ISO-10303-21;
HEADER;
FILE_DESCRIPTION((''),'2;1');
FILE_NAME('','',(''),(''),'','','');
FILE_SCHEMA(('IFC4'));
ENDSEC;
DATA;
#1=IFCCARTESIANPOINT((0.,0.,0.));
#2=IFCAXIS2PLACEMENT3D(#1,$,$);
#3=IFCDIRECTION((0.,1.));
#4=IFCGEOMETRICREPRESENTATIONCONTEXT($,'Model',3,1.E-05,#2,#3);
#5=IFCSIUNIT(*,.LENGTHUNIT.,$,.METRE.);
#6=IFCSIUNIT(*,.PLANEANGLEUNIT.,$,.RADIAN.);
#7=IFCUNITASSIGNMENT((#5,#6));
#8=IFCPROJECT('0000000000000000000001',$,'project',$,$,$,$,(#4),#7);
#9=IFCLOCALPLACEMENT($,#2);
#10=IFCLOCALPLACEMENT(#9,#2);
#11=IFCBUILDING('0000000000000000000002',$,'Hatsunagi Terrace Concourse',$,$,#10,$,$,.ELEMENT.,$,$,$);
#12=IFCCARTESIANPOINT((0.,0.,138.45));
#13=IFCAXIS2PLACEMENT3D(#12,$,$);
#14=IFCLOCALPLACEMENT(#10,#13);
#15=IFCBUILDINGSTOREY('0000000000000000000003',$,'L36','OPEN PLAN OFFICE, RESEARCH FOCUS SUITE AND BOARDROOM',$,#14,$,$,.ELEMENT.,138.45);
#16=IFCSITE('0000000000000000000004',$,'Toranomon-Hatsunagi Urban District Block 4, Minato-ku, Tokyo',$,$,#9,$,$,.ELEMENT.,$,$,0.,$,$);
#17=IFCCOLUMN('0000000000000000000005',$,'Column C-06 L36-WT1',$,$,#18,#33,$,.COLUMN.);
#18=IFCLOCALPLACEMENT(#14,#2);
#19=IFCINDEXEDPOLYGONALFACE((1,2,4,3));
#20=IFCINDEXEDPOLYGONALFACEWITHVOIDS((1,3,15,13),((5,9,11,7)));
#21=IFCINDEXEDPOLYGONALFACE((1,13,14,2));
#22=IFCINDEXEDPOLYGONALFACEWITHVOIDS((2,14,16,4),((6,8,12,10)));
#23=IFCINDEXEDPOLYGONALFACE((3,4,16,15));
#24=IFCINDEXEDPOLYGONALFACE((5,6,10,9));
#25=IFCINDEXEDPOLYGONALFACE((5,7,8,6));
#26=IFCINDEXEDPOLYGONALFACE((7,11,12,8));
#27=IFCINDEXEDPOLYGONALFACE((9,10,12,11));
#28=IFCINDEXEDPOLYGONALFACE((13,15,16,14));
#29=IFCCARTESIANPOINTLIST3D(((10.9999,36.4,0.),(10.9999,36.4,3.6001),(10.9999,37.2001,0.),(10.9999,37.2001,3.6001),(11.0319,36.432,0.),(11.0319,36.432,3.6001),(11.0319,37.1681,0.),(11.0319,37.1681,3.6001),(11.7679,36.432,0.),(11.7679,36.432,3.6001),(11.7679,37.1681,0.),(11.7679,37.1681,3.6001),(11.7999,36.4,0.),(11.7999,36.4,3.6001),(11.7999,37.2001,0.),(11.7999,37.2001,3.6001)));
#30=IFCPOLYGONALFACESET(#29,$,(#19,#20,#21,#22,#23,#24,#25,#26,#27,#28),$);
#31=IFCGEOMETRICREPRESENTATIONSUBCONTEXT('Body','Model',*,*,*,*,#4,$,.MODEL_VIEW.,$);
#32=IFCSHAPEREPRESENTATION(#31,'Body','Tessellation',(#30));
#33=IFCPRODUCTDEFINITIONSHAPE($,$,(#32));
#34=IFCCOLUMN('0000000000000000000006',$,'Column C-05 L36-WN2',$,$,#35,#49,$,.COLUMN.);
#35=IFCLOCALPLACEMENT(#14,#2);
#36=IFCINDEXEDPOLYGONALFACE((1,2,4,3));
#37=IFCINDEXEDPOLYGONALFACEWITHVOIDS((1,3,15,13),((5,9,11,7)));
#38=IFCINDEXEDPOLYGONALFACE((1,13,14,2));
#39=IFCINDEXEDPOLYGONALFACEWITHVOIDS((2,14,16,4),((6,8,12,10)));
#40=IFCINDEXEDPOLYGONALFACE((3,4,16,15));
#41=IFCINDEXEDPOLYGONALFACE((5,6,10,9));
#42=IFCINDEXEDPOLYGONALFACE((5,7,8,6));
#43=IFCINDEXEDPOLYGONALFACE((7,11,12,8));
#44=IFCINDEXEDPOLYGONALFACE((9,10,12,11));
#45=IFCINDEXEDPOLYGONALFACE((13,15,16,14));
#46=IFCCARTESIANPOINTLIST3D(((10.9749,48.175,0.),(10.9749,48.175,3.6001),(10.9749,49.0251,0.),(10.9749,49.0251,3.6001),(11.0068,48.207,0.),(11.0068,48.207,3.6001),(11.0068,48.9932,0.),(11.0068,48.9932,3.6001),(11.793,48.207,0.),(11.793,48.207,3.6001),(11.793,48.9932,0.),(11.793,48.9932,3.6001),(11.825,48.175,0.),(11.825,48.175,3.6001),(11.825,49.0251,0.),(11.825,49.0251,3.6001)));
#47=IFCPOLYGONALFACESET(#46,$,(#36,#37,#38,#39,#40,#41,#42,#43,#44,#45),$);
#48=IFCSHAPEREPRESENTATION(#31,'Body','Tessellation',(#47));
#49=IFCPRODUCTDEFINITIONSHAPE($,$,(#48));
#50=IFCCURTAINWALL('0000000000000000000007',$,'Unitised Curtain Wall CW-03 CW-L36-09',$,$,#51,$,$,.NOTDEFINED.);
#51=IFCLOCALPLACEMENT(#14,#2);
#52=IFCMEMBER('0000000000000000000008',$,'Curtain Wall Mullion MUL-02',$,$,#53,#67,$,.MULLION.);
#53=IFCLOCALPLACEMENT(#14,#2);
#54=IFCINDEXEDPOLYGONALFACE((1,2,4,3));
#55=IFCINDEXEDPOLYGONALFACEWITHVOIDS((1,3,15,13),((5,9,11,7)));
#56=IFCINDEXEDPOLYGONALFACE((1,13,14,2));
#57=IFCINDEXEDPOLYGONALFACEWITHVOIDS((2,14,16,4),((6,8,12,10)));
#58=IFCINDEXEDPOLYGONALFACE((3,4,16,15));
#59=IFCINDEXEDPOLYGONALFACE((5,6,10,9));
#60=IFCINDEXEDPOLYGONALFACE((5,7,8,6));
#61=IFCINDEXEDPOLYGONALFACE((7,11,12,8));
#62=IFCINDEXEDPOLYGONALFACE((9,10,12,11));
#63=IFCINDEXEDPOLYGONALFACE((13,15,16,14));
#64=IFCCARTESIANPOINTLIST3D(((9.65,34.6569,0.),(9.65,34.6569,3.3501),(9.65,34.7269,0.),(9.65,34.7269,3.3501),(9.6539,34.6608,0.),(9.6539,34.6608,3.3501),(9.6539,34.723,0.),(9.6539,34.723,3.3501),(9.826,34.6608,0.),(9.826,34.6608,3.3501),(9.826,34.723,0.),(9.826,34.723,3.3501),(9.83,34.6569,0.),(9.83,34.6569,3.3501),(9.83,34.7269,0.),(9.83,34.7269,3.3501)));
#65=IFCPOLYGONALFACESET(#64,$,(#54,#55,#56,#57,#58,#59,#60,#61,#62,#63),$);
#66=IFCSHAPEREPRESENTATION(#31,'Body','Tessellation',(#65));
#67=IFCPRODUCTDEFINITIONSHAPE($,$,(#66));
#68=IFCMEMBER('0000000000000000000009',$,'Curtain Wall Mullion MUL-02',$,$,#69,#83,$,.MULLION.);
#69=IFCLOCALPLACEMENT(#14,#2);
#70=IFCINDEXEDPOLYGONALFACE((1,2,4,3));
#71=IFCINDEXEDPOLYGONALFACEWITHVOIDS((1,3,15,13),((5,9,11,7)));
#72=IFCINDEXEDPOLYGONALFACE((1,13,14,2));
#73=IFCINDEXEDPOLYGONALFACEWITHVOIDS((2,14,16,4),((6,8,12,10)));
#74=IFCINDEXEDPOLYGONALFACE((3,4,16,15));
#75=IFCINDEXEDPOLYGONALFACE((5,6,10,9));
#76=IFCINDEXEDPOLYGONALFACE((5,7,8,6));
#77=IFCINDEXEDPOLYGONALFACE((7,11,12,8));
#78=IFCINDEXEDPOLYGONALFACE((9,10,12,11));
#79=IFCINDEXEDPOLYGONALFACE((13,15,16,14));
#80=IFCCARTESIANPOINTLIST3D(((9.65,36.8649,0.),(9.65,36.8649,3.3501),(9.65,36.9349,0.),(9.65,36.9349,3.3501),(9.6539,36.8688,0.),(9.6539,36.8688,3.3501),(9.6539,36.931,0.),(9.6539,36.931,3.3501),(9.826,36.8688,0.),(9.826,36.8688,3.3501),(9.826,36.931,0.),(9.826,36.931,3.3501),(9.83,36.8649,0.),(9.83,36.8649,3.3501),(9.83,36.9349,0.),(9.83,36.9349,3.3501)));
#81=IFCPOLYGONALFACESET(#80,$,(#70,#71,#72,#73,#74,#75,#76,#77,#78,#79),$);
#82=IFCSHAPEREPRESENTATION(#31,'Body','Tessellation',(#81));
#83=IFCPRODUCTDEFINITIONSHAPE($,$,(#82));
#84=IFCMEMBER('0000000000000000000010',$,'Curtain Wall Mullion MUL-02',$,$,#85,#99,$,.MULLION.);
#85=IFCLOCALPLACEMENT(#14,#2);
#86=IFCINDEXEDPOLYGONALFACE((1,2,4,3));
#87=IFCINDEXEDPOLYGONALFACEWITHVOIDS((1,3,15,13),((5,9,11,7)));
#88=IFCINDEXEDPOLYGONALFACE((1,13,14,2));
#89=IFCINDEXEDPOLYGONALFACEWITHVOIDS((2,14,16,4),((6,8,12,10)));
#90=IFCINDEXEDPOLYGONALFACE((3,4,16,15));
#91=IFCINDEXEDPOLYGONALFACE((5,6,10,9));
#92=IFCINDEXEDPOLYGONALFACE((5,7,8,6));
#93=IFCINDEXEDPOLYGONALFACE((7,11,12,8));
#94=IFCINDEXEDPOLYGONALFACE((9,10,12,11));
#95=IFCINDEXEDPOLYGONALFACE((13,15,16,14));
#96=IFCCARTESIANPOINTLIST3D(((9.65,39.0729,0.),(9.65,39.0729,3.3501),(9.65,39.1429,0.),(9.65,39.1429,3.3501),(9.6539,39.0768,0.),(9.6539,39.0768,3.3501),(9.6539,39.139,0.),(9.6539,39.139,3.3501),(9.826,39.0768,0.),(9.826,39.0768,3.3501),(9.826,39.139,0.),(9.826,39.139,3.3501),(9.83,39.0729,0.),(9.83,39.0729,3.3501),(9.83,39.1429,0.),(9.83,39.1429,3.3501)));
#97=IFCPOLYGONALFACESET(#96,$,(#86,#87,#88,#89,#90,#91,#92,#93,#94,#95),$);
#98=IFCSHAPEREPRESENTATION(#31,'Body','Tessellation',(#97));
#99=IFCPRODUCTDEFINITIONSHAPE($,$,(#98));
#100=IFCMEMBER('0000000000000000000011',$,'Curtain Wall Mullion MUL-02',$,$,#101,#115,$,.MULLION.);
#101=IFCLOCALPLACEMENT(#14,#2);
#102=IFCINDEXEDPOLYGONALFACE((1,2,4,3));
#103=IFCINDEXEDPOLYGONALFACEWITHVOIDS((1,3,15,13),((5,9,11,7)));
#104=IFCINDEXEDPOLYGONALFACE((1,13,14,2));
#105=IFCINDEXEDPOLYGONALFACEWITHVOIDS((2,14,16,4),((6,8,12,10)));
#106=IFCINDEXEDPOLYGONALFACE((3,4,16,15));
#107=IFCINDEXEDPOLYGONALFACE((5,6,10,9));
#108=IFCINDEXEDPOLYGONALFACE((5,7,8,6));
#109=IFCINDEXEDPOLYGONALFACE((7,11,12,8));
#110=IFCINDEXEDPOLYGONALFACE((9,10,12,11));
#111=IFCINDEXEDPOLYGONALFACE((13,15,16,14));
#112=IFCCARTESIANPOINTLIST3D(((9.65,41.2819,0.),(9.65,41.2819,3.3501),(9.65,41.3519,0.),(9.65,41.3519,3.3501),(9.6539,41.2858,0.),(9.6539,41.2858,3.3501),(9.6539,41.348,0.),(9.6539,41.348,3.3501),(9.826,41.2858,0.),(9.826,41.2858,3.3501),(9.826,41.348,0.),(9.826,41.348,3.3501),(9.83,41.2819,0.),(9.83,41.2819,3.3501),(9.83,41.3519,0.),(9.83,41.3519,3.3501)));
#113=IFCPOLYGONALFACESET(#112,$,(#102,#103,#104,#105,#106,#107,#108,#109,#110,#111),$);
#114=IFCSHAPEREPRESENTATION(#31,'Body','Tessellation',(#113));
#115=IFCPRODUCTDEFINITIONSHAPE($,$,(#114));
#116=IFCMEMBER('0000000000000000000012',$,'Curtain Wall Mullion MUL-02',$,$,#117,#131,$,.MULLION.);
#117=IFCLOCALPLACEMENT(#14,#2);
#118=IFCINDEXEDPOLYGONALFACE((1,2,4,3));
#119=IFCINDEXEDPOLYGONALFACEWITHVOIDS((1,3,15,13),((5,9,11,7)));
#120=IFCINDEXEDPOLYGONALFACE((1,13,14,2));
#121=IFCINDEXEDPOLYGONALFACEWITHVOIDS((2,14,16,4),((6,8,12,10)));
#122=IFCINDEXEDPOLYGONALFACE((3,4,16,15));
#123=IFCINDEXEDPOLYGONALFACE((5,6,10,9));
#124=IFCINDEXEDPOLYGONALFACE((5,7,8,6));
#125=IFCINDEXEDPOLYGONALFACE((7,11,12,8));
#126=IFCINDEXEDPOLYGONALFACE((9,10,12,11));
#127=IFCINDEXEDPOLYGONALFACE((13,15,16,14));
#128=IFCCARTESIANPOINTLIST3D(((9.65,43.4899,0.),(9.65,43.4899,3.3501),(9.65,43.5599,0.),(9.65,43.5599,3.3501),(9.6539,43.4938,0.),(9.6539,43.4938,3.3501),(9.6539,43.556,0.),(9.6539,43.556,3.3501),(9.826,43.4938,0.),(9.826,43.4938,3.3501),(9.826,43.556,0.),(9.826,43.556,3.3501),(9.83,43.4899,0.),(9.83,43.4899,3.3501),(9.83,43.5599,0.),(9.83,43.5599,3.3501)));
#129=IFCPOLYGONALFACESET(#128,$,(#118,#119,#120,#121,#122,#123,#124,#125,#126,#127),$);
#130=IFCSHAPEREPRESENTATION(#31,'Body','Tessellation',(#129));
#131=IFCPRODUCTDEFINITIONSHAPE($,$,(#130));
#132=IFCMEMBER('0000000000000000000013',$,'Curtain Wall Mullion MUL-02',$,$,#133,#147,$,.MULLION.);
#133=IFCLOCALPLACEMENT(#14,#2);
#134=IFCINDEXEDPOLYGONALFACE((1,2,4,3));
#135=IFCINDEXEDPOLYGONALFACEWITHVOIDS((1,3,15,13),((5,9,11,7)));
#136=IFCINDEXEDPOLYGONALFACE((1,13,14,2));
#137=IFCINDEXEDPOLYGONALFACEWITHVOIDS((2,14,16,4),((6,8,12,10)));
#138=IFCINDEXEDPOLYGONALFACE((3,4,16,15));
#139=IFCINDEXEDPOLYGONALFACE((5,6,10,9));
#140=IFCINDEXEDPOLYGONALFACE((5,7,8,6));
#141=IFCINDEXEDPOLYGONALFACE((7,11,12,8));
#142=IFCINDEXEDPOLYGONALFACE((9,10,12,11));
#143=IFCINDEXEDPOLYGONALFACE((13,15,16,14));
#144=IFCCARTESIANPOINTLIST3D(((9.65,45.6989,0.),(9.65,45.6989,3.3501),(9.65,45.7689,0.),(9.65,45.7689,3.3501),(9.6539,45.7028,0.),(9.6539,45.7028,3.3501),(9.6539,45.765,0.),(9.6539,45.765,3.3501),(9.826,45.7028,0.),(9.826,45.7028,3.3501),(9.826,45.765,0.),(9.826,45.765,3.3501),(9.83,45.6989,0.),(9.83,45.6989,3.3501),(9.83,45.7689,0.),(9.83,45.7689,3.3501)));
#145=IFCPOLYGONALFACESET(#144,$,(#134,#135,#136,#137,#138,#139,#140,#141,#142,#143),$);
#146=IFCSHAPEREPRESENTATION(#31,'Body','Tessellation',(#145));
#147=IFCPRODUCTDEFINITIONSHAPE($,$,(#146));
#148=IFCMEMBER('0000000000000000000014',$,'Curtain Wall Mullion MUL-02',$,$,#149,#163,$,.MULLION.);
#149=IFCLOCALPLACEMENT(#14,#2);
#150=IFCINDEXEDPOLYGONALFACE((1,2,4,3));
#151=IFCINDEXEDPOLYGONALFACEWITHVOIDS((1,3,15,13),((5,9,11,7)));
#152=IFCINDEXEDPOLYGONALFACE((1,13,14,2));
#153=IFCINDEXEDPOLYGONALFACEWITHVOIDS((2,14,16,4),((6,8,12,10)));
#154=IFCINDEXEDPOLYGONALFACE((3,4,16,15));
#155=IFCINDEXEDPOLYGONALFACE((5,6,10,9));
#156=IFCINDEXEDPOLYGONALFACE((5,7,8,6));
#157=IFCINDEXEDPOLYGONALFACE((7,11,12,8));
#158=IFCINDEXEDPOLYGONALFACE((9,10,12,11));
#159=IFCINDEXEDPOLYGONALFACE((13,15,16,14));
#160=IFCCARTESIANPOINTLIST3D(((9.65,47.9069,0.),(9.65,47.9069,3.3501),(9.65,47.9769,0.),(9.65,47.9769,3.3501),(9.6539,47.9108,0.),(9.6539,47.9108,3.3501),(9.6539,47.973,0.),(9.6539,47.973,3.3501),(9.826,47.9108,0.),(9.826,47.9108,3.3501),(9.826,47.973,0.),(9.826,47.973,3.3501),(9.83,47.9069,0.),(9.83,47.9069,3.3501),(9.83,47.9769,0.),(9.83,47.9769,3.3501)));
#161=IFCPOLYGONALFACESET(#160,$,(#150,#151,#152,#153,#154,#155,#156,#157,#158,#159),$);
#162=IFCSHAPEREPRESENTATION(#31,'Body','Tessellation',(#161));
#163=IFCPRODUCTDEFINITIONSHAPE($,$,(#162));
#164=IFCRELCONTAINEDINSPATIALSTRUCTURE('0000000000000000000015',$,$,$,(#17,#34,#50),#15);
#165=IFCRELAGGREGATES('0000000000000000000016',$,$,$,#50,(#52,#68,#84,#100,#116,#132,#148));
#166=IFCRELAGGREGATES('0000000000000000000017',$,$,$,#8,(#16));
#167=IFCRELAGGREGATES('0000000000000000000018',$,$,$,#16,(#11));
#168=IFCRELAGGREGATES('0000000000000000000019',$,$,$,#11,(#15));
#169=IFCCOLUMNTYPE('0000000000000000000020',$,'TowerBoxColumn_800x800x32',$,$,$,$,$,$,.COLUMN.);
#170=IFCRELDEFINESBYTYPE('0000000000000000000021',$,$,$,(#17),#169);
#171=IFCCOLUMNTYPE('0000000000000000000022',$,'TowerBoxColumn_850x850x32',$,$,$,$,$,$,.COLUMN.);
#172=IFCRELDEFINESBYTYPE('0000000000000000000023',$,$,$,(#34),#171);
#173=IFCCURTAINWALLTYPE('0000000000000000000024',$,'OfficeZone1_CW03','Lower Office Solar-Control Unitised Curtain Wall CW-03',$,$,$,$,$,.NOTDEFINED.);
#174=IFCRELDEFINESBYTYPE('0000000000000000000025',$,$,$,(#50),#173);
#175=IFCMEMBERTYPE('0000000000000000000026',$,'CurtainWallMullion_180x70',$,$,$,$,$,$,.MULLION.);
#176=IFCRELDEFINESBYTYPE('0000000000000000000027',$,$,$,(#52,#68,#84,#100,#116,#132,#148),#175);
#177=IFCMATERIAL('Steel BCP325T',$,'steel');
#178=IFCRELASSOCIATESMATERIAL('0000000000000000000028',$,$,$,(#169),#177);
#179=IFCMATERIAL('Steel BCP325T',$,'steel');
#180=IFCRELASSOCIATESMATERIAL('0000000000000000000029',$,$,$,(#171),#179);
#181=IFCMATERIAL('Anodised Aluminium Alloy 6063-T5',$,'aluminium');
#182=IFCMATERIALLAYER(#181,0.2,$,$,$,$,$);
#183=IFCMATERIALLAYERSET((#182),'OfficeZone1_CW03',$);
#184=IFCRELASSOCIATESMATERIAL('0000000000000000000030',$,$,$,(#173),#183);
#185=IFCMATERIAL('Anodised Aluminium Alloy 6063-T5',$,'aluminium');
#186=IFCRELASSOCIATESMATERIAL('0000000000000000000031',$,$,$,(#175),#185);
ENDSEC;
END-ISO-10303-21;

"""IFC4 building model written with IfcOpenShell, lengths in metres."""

from ifc_helpers import new_model, si_unit, direction, frame, origin, origin_2d, place, context, subcontext, project, spatial, hollow_rectangle, extrude, material, layer, layer_set, material_profile, profile_set, type_object, element, aggregate, save


model = new_model("IFC4")

# Units and contexts
model_context = context("Model", 3, precision=1e-05, world=origin(), true_north=direction((0.0, 1.0)))
body_context = subcontext(model_context, "Body", "Model", "MODEL_VIEW")
ifc_project = project(units=[si_unit("LENGTHUNIT", "METRE"), si_unit("PLANEANGLEUNIT", "RADIAN")], contexts=[model_context])

# Site, building, storey
site_placement = place(None, origin())
site = spatial("IfcSite", under=ifc_project, at=site_placement, Name="Toranomon-Hatsunagi Urban District Block 4, Minato-ku, Tokyo", CompositionType="ELEMENT", RefElevation=0.0)
building_placement = place(site_placement, origin())
building = spatial("IfcBuilding", under=site, at=building_placement, Name="Hatsunagi Terrace Concourse", CompositionType="ELEMENT")
storey_placement = place(building_placement, frame((0.0, 0.0, 138.45)))
storey = spatial("IfcBuildingStorey", under=building, at=storey_placement, Name="L36", Description="OPEN PLAN OFFICE, RESEARCH FOCUS SUITE AND BOARDROOM", CompositionType="ELEMENT", Elevation=138.45)

# Columns
ifc_material_1 = material(Name="Steel BCP325T", Category="steel")
ifc_material_profile_1 = material_profile(ifc_material_1, hollow_rectangle(XDim=0.8, YDim=0.8, WallThickness=0.032, at=origin_2d()), Name="BCP-800x800x32")
ifc_profile_set_1 = profile_set([ifc_material_profile_1], Name="Steel BCP325T")
column_type_1 = type_object("IfcColumnType", Name="TowerBoxColumn_800x800x32", PredefinedType="COLUMN", material=ifc_profile_set_1)
column_1_placement = place(storey_placement, frame((11.3999, 36.8, 0.0), z_axis=(0.0, 0.0, 1.0), x_axis=(1.0, 0.0, 0.0)))
element("IfcColumn", 1, at=column_1_placement, inside=storey, type_object=column_type_1, Name="Column C-06 L36-WT1", PredefinedType="COLUMN", context=body_context, shape_type="SweptSolid", body=[
    extrude(hollow_rectangle(XDim=0.8, YDim=0.8, WallThickness=0.032, at=origin_2d()), origin(), (0.0, 0.0, 1.0), 3.6001),
])
ifc_material_2 = material(Name="Steel BCP325T", Category="steel")
ifc_material_profile_2 = material_profile(ifc_material_2, hollow_rectangle(XDim=0.8501, YDim=0.8501, WallThickness=0.032, at=origin_2d()), Name="BCP-850x850x32")
ifc_profile_set_2 = profile_set([ifc_material_profile_2], Name="Steel BCP325T")
column_type_2 = type_object("IfcColumnType", Name="TowerBoxColumn_850x850x32", PredefinedType="COLUMN", material=ifc_profile_set_2)
column_2_placement = place(storey_placement, frame((11.3999, 48.6001, 0.0), z_axis=(0.0, 0.0, 1.0), x_axis=(1.0, 0.0, 0.0)))
element("IfcColumn", 2, at=column_2_placement, inside=storey, type_object=column_type_2, Name="Column C-05 L36-WN2", PredefinedType="COLUMN", context=body_context, shape_type="SweptSolid", body=[
    extrude(hollow_rectangle(XDim=0.8501, YDim=0.8501, WallThickness=0.032, at=origin_2d()), origin(), (0.0, 0.0, 1.0), 3.6001),
])

# Curtain wall, members
ifc_material_3 = material(Name="Anodised Aluminium Alloy 6063-T5", Category="aluminium")
ifc_layer_1 = layer(ifc_material_3, 0.2)
ifc_layer_set_1 = layer_set([ifc_layer_1], Name="OfficeZone1_CW03")
curtain_wall_type = type_object("IfcCurtainWallType", Name="OfficeZone1_CW03", Description="Lower Office Solar-Control Unitised Curtain Wall CW-03", PredefinedType="NOTDEFINED", material=ifc_layer_set_1)
curtain_wall_placement = place(storey_placement, origin())
curtain_wall = element("IfcCurtainWall", 3, at=curtain_wall_placement, inside=storey, type_object=curtain_wall_type, Name="Unitised Curtain Wall CW-03 CW-L36-09", PredefinedType="NOTDEFINED")
ifc_material_4 = material(Name="Anodised Aluminium Alloy 6063-T5", Category="aluminium")
ifc_material_profile_3 = material_profile(ifc_material_4, hollow_rectangle(XDim=0.0701, YDim=0.1799, WallThickness=0.0039, at=origin_2d()), Name="ALU-MUL-180x70x4")
ifc_profile_set_3 = profile_set([ifc_material_profile_3], Name="Anodised Aluminium Alloy 6063-T5")
member_type = type_object("IfcMemberType", Name="CurtainWallMullion_180x70", PredefinedType="MULLION", material=ifc_profile_set_3)
member_1_placement = place(storey_placement, frame((9.74, 34.6919, 0.0), z_axis=(0.0, 0.0, 1.0), x_axis=(0.0, 1.0, 0.0)))
member_1 = element("IfcMember", 4, at=member_1_placement, type_object=member_type, Name="Curtain Wall Mullion MUL-02", PredefinedType="MULLION", context=body_context, shape_type="SweptSolid", body=[
    extrude(hollow_rectangle(XDim=0.0701, YDim=0.1799, WallThickness=0.0039, at=origin_2d()), origin(), (0.0, 0.0, 1.0), 3.3501),
])
member_2_placement = place(storey_placement, frame((9.74, 36.8999, 0.0), z_axis=(0.0, 0.0, 1.0), x_axis=(0.0, 1.0, 0.0)))
member_2 = element("IfcMember", 5, at=member_2_placement, type_object=member_type, Name="Curtain Wall Mullion MUL-02", PredefinedType="MULLION", context=body_context, shape_type="SweptSolid", body=[
    extrude(hollow_rectangle(XDim=0.0701, YDim=0.1799, WallThickness=0.0039, at=origin_2d()), origin(), (0.0, 0.0, 1.0), 3.3501),
])
member_3_placement = place(storey_placement, frame((9.74, 39.1079, 0.0), z_axis=(0.0, 0.0, 1.0), x_axis=(0.0, 1.0, 0.0)))
member_3 = element("IfcMember", 6, at=member_3_placement, type_object=member_type, Name="Curtain Wall Mullion MUL-02", PredefinedType="MULLION", context=body_context, shape_type="SweptSolid", body=[
    extrude(hollow_rectangle(XDim=0.0701, YDim=0.1799, WallThickness=0.0039, at=origin_2d()), origin(), (0.0, 0.0, 1.0), 3.3501),
])
member_4_placement = place(storey_placement, frame((9.74, 41.3169, 0.0), z_axis=(0.0, 0.0, 1.0), x_axis=(0.0, 1.0, 0.0)))
member_4 = element("IfcMember", 7, at=member_4_placement, type_object=member_type, Name="Curtain Wall Mullion MUL-02", PredefinedType="MULLION", context=body_context, shape_type="SweptSolid", body=[
    extrude(hollow_rectangle(XDim=0.0701, YDim=0.1799, WallThickness=0.0039, at=origin_2d()), origin(), (0.0, 0.0, 1.0), 3.3501),
])
member_5_placement = place(storey_placement, frame((9.74, 43.5249, 0.0), z_axis=(0.0, 0.0, 1.0), x_axis=(0.0, 1.0, 0.0)))
member_5 = element("IfcMember", 8, at=member_5_placement, type_object=member_type, Name="Curtain Wall Mullion MUL-02", PredefinedType="MULLION", context=body_context, shape_type="SweptSolid", body=[
    extrude(hollow_rectangle(XDim=0.0701, YDim=0.1799, WallThickness=0.0039, at=origin_2d()), origin(), (0.0, 0.0, 1.0), 3.3501),
])
member_6_placement = place(storey_placement, frame((9.74, 45.7339, 0.0), z_axis=(0.0, 0.0, 1.0), x_axis=(0.0, 1.0, 0.0)))
member_6 = element("IfcMember", 9, at=member_6_placement, type_object=member_type, Name="Curtain Wall Mullion MUL-02", PredefinedType="MULLION", context=body_context, shape_type="SweptSolid", body=[
    extrude(hollow_rectangle(XDim=0.0701, YDim=0.1799, WallThickness=0.0039, at=origin_2d()), origin(), (0.0, 0.0, 1.0), 3.3501),
])
member_7_placement = place(storey_placement, frame((9.74, 47.9419, 0.0), z_axis=(0.0, 0.0, 1.0), x_axis=(0.0, 1.0, 0.0)))
member_7 = element("IfcMember", 10, at=member_7_placement, type_object=member_type, Name="Curtain Wall Mullion MUL-02", PredefinedType="MULLION", context=body_context, shape_type="SweptSolid", body=[
    extrude(hollow_rectangle(XDim=0.0701, YDim=0.1799, WallThickness=0.0039, at=origin_2d()), origin(), (0.0, 0.0, 1.0), 3.3501),
])

aggregate(curtain_wall, [member_1, member_2, member_3, member_4, member_5, member_6, member_7])

save(model, "model.ifc")
